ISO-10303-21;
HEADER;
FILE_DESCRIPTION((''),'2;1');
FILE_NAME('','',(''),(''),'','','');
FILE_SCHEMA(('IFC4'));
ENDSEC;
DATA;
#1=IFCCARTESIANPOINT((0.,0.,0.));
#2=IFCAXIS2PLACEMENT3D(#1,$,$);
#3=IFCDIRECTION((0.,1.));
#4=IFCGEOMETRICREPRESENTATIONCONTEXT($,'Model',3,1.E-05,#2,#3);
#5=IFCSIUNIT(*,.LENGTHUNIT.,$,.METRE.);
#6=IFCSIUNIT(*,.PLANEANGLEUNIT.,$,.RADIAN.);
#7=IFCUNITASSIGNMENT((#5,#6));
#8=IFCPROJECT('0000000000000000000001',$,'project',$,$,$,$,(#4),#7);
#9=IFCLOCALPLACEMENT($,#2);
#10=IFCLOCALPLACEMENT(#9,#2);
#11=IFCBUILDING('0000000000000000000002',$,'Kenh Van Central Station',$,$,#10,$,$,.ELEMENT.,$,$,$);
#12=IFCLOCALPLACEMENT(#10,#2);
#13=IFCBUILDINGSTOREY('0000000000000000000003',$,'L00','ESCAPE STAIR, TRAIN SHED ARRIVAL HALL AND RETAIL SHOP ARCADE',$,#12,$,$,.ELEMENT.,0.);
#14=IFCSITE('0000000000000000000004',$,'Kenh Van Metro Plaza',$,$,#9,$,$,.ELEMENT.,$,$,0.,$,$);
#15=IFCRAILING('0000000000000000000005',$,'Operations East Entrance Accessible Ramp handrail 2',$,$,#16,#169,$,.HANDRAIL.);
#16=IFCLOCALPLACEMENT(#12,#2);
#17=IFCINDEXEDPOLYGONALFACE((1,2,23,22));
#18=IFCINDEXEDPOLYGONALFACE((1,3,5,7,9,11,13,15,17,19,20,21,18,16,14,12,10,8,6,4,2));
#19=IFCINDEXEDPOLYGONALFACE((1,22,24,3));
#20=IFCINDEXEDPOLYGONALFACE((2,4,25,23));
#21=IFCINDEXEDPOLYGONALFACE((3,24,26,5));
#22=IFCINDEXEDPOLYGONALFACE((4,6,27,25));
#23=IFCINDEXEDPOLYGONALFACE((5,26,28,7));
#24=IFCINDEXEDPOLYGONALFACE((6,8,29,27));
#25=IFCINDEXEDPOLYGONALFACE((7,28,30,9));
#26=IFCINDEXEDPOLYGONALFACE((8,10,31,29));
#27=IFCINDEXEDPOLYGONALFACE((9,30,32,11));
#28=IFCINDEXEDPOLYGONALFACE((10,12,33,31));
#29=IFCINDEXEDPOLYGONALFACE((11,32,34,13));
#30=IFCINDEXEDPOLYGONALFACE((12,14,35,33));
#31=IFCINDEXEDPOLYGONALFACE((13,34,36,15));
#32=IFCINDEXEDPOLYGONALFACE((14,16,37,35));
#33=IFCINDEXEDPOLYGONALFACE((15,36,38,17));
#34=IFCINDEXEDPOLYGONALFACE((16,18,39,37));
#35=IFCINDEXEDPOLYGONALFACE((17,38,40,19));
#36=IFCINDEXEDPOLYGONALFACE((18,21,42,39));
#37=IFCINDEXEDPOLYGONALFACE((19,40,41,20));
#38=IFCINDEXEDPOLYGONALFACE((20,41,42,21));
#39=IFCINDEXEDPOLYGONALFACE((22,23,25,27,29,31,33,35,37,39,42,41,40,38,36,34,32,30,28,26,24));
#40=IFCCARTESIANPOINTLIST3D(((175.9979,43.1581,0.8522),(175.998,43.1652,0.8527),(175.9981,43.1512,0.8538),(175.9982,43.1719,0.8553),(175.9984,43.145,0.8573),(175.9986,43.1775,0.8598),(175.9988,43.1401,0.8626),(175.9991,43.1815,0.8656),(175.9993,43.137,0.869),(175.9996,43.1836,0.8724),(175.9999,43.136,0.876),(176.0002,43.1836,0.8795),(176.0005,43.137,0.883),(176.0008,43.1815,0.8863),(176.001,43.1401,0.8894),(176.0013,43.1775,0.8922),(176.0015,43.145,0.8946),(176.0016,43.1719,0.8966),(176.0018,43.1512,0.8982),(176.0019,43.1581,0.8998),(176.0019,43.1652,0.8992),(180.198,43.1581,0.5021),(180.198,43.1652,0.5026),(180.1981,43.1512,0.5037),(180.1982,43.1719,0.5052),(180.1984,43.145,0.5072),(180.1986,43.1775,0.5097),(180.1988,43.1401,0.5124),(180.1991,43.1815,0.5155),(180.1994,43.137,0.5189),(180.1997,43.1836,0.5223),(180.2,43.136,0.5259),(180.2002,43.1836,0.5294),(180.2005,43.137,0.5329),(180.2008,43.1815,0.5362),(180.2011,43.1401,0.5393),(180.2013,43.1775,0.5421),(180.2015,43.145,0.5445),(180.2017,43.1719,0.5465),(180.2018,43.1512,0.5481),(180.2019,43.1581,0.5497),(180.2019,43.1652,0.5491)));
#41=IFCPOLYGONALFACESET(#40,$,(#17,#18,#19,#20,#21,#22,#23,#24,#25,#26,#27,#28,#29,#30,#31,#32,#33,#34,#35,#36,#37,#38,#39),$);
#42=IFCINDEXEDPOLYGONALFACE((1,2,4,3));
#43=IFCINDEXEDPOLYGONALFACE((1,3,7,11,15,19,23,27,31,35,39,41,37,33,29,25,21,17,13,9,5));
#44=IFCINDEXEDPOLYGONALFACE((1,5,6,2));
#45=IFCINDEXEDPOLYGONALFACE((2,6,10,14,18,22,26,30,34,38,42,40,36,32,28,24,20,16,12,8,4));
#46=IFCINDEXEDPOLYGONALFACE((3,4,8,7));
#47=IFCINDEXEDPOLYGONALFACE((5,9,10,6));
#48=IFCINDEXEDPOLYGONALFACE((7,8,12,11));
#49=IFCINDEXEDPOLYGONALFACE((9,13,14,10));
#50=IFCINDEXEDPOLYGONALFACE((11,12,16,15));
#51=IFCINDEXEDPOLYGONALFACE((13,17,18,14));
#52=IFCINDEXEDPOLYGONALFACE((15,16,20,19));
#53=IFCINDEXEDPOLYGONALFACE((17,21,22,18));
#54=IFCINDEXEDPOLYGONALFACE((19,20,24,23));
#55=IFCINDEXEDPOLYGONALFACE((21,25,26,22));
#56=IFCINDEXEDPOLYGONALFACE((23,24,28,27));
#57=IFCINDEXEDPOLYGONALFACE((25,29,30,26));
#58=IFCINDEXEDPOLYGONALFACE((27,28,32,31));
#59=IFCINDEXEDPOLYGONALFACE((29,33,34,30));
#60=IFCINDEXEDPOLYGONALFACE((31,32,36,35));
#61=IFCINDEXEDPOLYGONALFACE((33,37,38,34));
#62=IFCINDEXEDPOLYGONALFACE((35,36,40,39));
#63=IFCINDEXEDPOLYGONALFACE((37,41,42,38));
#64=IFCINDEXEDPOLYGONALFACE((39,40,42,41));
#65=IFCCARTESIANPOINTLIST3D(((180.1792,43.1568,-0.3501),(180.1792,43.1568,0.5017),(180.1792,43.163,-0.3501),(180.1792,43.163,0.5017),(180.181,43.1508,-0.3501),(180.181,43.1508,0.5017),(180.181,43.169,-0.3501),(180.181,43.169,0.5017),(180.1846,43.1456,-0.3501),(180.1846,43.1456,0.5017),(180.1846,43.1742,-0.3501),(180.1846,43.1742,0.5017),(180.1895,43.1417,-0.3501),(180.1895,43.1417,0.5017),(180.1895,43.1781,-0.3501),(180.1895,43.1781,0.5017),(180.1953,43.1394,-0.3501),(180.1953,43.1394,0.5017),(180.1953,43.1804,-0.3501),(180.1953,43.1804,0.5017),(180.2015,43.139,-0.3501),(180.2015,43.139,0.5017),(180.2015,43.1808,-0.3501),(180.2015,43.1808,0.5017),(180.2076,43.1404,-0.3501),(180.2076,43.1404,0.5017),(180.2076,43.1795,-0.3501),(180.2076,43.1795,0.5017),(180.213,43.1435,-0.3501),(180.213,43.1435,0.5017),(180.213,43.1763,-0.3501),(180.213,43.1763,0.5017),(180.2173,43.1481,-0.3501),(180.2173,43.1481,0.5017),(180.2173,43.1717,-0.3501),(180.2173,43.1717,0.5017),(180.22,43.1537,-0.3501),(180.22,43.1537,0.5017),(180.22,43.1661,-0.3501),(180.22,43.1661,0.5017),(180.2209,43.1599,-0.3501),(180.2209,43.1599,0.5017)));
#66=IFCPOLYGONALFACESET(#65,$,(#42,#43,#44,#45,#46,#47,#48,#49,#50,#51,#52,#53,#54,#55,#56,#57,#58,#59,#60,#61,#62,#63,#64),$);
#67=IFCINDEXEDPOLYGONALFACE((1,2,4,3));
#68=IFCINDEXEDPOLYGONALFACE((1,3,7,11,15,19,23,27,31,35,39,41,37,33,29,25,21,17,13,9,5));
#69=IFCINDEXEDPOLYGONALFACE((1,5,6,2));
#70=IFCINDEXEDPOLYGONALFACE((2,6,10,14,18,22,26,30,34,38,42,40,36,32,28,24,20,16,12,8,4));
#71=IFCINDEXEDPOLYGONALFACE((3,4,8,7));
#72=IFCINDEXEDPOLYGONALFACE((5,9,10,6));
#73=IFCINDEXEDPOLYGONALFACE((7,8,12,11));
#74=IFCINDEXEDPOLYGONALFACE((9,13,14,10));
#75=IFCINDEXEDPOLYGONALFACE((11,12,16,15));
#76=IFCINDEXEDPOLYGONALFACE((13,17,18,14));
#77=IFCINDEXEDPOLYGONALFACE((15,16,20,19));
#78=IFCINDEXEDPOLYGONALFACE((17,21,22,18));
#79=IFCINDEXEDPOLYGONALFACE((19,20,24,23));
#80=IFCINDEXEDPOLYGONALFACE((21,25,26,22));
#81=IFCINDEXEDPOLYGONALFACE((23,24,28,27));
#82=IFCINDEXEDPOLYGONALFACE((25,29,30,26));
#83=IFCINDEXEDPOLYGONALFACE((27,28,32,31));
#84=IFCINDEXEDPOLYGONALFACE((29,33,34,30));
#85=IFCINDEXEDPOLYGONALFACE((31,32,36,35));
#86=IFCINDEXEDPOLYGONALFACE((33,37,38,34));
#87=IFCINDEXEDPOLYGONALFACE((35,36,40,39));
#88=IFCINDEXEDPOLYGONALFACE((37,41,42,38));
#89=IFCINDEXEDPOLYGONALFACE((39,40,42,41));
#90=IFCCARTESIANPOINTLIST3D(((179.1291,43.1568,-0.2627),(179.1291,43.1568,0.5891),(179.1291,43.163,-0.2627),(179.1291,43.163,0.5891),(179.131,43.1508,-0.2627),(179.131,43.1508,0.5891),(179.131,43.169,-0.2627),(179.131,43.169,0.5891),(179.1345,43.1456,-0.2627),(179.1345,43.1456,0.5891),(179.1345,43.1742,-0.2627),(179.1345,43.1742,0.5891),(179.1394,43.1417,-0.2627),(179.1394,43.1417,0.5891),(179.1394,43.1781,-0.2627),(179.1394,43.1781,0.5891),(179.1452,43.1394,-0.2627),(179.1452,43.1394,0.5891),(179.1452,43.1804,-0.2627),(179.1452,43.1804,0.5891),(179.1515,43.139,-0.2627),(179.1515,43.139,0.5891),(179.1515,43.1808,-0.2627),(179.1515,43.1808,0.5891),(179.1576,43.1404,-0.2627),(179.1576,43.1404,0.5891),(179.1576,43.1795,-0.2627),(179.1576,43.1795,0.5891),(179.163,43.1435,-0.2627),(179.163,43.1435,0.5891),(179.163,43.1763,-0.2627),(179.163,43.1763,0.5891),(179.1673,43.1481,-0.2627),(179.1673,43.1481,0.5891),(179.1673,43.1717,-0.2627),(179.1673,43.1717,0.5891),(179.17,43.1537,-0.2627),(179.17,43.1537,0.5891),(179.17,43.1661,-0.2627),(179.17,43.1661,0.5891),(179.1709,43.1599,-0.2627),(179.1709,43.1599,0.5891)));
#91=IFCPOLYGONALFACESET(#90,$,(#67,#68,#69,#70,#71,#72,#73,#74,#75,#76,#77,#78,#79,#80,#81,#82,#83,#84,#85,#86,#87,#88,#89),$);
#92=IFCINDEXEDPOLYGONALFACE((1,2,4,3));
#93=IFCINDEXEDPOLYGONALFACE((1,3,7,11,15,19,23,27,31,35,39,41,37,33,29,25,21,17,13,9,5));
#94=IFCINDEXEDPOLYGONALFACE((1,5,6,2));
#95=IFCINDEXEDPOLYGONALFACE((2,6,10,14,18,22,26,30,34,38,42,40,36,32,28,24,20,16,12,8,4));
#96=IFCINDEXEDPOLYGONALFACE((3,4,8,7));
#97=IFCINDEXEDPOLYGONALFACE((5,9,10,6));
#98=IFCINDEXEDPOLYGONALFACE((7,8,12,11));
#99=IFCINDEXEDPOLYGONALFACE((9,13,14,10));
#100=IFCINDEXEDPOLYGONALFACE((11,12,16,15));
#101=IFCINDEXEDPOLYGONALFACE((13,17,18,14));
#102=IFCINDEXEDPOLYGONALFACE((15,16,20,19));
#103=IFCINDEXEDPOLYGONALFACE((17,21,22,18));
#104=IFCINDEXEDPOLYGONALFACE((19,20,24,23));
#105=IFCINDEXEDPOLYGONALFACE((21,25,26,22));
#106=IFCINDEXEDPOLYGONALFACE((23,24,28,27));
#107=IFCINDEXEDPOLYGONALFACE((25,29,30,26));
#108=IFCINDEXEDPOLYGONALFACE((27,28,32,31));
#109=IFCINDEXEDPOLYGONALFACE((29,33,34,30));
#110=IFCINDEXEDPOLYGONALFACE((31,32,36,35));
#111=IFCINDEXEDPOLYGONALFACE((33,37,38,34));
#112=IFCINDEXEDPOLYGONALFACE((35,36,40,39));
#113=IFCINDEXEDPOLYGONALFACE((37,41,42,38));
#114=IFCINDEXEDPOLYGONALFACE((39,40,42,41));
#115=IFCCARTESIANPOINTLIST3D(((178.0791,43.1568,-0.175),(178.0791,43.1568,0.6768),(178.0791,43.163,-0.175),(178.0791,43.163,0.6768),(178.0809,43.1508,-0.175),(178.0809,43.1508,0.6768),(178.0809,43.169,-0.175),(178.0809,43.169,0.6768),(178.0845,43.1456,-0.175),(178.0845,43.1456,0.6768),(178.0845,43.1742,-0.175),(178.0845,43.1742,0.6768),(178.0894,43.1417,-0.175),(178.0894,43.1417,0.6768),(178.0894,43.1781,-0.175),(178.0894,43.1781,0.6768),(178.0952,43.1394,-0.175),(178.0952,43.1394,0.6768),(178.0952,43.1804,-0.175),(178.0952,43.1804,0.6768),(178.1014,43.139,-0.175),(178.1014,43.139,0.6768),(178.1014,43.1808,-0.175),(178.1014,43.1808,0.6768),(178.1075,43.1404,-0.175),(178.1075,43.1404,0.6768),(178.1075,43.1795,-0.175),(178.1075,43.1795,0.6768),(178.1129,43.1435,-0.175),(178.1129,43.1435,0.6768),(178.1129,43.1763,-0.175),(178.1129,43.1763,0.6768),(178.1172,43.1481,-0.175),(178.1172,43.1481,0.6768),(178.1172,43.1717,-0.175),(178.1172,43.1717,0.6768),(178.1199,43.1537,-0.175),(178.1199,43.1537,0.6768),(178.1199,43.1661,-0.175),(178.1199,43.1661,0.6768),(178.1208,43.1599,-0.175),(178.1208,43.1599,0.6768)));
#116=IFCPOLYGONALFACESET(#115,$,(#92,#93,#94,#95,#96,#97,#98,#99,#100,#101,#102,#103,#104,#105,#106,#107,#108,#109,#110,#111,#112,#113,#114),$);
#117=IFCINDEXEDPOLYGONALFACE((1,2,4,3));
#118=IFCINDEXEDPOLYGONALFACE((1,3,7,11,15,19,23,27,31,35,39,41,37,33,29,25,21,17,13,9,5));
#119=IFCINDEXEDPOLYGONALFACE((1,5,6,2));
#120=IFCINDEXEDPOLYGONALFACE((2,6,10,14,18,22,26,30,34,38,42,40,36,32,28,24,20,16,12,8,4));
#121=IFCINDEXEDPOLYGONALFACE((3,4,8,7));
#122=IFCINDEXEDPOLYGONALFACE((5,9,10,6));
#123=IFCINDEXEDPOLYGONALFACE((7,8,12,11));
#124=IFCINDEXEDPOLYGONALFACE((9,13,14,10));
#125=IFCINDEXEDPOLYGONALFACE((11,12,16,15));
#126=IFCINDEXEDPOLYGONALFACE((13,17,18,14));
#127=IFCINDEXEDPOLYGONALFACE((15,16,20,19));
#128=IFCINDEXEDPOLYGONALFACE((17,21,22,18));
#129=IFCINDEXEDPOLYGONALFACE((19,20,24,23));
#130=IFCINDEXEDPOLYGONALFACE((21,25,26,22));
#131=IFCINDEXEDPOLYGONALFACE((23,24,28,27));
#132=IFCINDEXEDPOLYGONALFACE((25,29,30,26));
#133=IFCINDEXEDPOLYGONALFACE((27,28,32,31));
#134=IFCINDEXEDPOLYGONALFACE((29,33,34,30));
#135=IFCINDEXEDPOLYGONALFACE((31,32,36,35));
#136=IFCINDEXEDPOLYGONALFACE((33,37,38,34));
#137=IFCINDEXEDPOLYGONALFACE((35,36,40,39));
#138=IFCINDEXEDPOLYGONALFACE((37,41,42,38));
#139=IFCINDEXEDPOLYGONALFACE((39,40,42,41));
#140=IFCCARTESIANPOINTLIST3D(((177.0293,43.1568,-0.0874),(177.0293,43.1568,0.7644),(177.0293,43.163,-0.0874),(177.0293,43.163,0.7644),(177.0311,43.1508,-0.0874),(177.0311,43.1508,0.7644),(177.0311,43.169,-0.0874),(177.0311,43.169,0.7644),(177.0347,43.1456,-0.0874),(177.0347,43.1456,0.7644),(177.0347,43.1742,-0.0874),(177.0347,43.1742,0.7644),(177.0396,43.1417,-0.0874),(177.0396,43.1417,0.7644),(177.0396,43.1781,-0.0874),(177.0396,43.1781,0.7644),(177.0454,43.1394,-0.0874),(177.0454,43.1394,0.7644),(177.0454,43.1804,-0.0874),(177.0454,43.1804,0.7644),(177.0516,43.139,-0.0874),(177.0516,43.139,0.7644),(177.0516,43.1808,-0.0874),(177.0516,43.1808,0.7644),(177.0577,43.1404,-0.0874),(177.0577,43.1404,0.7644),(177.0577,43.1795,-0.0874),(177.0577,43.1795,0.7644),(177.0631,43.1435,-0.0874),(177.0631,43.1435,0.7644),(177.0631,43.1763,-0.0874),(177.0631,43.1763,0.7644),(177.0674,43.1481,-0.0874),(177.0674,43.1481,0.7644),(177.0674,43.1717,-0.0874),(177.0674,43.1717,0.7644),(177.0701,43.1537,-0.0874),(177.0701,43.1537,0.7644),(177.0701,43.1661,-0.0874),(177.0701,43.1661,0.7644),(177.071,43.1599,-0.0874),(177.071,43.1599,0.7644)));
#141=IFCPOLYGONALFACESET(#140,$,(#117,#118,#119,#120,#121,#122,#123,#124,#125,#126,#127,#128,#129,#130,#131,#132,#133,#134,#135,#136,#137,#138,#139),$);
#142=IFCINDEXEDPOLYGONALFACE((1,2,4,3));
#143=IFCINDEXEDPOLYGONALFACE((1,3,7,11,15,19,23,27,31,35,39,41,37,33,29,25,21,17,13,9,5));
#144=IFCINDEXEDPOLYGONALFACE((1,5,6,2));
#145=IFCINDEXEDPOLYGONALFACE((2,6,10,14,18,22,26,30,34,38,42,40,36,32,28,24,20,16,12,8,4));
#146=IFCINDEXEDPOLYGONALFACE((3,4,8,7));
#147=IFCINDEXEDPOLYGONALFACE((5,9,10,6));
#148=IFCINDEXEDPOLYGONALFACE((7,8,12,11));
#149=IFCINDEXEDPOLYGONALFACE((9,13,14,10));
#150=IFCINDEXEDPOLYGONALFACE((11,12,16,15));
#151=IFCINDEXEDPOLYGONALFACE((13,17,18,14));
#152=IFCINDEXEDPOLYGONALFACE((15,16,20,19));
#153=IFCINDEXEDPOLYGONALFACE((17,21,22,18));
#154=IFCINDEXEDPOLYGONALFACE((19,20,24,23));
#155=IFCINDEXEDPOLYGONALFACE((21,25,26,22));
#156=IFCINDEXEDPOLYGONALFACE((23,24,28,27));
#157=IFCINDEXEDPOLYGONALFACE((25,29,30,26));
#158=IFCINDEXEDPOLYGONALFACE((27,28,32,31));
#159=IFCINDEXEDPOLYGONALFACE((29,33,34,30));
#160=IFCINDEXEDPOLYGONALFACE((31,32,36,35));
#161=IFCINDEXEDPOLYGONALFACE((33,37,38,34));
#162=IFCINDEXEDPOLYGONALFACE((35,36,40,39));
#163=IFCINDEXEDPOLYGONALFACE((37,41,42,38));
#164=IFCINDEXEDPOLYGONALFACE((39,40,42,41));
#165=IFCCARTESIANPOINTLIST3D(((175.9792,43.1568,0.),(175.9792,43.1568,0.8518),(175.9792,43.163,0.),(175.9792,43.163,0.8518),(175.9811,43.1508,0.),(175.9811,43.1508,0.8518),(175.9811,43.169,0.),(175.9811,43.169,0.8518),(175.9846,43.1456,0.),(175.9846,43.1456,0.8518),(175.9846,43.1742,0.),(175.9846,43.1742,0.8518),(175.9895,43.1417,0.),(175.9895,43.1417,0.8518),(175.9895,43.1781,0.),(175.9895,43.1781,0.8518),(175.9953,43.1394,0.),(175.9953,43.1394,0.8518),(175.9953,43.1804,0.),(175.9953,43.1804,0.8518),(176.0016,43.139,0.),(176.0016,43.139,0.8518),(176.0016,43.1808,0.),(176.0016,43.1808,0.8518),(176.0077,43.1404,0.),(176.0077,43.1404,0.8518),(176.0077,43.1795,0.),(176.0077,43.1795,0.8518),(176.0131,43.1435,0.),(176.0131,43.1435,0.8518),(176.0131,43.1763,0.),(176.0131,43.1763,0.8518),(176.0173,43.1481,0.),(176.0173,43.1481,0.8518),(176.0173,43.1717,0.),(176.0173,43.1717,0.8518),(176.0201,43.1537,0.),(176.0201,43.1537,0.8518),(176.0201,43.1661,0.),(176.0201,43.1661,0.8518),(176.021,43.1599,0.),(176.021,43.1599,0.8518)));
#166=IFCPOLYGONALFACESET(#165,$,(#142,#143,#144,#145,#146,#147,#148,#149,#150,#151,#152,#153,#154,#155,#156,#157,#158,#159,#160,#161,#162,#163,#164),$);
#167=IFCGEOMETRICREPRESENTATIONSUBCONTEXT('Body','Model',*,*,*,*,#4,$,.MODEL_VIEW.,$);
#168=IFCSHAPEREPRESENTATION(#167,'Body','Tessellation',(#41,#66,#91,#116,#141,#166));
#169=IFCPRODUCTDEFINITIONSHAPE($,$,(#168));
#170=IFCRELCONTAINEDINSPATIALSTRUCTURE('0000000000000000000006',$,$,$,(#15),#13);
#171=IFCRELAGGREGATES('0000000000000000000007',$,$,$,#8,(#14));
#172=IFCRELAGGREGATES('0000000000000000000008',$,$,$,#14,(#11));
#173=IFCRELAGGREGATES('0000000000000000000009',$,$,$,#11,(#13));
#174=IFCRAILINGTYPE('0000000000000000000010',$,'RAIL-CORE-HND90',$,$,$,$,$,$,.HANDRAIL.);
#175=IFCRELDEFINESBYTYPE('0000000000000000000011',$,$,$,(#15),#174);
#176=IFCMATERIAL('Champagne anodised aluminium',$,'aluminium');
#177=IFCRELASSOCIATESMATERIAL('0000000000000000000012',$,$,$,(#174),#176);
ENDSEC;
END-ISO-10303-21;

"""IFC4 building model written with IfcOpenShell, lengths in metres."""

from ifc_helpers import new_model, si_unit, direction, frame, origin, origin_2d, place, context, subcontext, project, spatial, circle, extrude, material, type_object, element, save


model = new_model("IFC4")

# Units and contexts
model_context = context("Model", 3, precision=1e-05, world=origin(), true_north=direction((0.0, 1.0)))
body_context = subcontext(model_context, "Body", "Model", "MODEL_VIEW")
ifc_project = project(units=[si_unit("LENGTHUNIT", "METRE"), si_unit("PLANEANGLEUNIT", "RADIAN")], contexts=[model_context])

# Site, building, storey
site_placement = place(None, origin())
site = spatial("IfcSite", under=ifc_project, at=site_placement, Name="Kenh Van Metro Plaza", CompositionType="ELEMENT", RefElevation=0.0)
building_placement = place(site_placement, origin())
building = spatial("IfcBuilding", under=site, at=building_placement, Name="Kenh Van Central Station", CompositionType="ELEMENT")
storey_placement = place(building_placement, origin())
storey = spatial("IfcBuildingStorey", under=building, at=storey_placement, Name="L00", Description="ESCAPE STAIR, TRAIN SHED ARRIVAL HALL AND RETAIL SHOP ARCADE", CompositionType="ELEMENT", Elevation=0.0)

# Shared definitions
ifc_material_1 = material(Name="Champagne anodised aluminium", Category="aluminium")

# Railing
railing_type = type_object("IfcRailingType", Name="RAIL-CORE-HND90", PredefinedType="HANDRAIL", material=ifc_material_1)
for number, where, name in (
    (1, (180.2, 43.1599, -0.3501), "Operations East Entrance Accessible Ramp handrail 2"),
):
    element("IfcRailing", number, at=place(storey_placement, frame(where)), inside=storey, type_object=railing_type, Name=name, PredefinedType="HANDRAIL", context=body_context, shape_type="SweptSolid", body=[
        extrude(circle(Radius=0.0239, at=origin_2d()), frame((0.0, 0.0, 0.876), z_axis=(-0.996544, 0.0, 0.083069), x_axis=(0.0, -1.0, 0.0)), (0.0, 0.0, 1.0), 4.2146),
        extrude(circle(Radius=0.021, at=origin_2d()), origin(), (0.0, 0.0, 1.0), 0.8518),
        extrude(circle(Radius=0.021, at=origin_2d()), frame((-1.05, 0.0, 0.0874)), (0.0, 0.0, 1.0), 0.8518),
        extrude(circle(Radius=0.021, at=origin_2d()), frame((-2.1001, 0.0, 0.175)), (0.0, 0.0, 1.0), 0.8518),
        extrude(circle(Radius=0.021, at=origin_2d()), frame((-3.1499, 0.0, 0.2627)), (0.0, 0.0, 1.0), 0.8518),
        extrude(circle(Radius=0.021, at=origin_2d()), frame((-4.2, 0.0, 0.3501)), (0.0, 0.0, 1.0), 0.8518),
    ])

save(model, "model.ifc")
